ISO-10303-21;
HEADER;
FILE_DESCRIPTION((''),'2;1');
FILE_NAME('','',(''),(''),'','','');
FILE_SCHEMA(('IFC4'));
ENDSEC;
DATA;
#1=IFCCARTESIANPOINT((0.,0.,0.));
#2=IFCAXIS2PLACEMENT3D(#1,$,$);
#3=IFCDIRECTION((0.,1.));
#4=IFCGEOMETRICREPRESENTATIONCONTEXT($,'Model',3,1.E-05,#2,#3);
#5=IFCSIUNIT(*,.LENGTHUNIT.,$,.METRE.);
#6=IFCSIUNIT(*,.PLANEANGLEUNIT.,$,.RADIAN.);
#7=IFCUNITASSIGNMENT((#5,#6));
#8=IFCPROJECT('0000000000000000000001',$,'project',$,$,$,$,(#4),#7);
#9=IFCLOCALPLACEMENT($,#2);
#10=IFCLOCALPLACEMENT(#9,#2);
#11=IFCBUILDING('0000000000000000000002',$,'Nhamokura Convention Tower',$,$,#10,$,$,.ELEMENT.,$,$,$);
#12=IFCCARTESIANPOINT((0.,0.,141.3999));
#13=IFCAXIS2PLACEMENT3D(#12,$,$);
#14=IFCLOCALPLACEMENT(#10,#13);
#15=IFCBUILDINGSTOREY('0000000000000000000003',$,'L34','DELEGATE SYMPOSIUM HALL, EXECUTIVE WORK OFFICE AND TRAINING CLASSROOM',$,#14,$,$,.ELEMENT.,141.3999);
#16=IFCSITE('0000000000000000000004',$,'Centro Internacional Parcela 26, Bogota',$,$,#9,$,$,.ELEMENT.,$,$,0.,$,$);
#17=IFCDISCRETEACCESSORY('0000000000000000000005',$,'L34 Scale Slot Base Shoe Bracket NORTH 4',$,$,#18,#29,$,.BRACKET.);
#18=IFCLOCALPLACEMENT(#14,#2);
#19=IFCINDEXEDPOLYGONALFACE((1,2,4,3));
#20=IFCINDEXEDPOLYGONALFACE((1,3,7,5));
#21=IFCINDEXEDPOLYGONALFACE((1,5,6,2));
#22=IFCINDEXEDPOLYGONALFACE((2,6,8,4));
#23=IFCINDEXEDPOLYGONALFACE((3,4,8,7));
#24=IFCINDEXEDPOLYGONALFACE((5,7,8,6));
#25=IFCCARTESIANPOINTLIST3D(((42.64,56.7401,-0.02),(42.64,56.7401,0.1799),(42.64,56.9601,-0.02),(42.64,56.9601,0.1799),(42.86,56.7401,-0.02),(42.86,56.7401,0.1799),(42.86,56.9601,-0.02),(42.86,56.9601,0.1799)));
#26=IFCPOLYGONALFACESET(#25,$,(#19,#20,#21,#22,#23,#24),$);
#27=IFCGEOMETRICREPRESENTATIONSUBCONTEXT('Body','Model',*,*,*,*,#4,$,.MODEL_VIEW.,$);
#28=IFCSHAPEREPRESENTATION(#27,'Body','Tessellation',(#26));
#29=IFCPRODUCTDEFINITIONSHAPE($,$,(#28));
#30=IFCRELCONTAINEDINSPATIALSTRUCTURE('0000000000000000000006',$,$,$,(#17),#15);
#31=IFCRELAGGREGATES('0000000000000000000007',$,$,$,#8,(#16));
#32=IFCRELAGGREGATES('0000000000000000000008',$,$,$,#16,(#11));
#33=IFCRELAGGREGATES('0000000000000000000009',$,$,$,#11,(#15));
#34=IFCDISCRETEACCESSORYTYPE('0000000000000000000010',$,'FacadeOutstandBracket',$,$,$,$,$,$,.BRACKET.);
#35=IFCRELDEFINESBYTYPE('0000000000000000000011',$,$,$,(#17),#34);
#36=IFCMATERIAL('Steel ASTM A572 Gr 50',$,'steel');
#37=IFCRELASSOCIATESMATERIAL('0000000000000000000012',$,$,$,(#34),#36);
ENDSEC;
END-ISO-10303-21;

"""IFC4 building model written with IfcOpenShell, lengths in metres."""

from ifc_helpers import new_model, si_unit, direction, frame, origin, origin_2d, place, context, subcontext, project, spatial, rectangle, extrude, material, type_object, element, save


model = new_model("IFC4")

# Units and contexts
model_context = context("Model", 3, precision=1e-05, world=origin(), true_north=direction((0.0, 1.0)))
body_context = subcontext(model_context, "Body", "Model", "MODEL_VIEW")
ifc_project = project(units=[si_unit("LENGTHUNIT", "METRE"), si_unit("PLANEANGLEUNIT", "RADIAN")], contexts=[model_context])

# Site, building, storey
site_placement = place(None, origin())
site = spatial("IfcSite", under=ifc_project, at=site_placement, Name="Centro Internacional Parcela 26, Bogota", CompositionType="ELEMENT", RefElevation=0.0)
building_placement = place(site_placement, origin())
building = spatial("IfcBuilding", under=site, at=building_placement, Name="Nhamokura Convention Tower", CompositionType="ELEMENT")
storey_placement = place(building_placement, frame((0.0, 0.0, 141.3999)))
storey = spatial("IfcBuildingStorey", under=building, at=storey_placement, Name="L34", Description="DELEGATE SYMPOSIUM HALL, EXECUTIVE WORK OFFICE AND TRAINING CLASSROOM", CompositionType="ELEMENT", Elevation=141.3999)

# Discrete accessory
ifc_material_1 = material(Name="Steel ASTM A572 Gr 50", Category="steel")
discrete_accessory_type = type_object("IfcDiscreteAccessoryType", Name="FacadeOutstandBracket", PredefinedType="BRACKET", material=ifc_material_1)
discrete_accessory_placement = place(storey_placement, frame((42.75, 56.8501, -0.02), z_axis=(0.0, 0.0, 1.0), x_axis=(1.0, 0.0, 0.0)))
element("IfcDiscreteAccessory", 1, at=discrete_accessory_placement, inside=storey, type_object=discrete_accessory_type, Name="L34 Scale Slot Base Shoe Bracket NORTH 4", PredefinedType="BRACKET", context=body_context, shape_type="SweptSolid", body=[
    extrude(rectangle(XDim=0.22, YDim=0.22, at=origin_2d()), origin(), (0.0, 0.0, 1.0), 0.2),
])

save(model, "model.ifc")
